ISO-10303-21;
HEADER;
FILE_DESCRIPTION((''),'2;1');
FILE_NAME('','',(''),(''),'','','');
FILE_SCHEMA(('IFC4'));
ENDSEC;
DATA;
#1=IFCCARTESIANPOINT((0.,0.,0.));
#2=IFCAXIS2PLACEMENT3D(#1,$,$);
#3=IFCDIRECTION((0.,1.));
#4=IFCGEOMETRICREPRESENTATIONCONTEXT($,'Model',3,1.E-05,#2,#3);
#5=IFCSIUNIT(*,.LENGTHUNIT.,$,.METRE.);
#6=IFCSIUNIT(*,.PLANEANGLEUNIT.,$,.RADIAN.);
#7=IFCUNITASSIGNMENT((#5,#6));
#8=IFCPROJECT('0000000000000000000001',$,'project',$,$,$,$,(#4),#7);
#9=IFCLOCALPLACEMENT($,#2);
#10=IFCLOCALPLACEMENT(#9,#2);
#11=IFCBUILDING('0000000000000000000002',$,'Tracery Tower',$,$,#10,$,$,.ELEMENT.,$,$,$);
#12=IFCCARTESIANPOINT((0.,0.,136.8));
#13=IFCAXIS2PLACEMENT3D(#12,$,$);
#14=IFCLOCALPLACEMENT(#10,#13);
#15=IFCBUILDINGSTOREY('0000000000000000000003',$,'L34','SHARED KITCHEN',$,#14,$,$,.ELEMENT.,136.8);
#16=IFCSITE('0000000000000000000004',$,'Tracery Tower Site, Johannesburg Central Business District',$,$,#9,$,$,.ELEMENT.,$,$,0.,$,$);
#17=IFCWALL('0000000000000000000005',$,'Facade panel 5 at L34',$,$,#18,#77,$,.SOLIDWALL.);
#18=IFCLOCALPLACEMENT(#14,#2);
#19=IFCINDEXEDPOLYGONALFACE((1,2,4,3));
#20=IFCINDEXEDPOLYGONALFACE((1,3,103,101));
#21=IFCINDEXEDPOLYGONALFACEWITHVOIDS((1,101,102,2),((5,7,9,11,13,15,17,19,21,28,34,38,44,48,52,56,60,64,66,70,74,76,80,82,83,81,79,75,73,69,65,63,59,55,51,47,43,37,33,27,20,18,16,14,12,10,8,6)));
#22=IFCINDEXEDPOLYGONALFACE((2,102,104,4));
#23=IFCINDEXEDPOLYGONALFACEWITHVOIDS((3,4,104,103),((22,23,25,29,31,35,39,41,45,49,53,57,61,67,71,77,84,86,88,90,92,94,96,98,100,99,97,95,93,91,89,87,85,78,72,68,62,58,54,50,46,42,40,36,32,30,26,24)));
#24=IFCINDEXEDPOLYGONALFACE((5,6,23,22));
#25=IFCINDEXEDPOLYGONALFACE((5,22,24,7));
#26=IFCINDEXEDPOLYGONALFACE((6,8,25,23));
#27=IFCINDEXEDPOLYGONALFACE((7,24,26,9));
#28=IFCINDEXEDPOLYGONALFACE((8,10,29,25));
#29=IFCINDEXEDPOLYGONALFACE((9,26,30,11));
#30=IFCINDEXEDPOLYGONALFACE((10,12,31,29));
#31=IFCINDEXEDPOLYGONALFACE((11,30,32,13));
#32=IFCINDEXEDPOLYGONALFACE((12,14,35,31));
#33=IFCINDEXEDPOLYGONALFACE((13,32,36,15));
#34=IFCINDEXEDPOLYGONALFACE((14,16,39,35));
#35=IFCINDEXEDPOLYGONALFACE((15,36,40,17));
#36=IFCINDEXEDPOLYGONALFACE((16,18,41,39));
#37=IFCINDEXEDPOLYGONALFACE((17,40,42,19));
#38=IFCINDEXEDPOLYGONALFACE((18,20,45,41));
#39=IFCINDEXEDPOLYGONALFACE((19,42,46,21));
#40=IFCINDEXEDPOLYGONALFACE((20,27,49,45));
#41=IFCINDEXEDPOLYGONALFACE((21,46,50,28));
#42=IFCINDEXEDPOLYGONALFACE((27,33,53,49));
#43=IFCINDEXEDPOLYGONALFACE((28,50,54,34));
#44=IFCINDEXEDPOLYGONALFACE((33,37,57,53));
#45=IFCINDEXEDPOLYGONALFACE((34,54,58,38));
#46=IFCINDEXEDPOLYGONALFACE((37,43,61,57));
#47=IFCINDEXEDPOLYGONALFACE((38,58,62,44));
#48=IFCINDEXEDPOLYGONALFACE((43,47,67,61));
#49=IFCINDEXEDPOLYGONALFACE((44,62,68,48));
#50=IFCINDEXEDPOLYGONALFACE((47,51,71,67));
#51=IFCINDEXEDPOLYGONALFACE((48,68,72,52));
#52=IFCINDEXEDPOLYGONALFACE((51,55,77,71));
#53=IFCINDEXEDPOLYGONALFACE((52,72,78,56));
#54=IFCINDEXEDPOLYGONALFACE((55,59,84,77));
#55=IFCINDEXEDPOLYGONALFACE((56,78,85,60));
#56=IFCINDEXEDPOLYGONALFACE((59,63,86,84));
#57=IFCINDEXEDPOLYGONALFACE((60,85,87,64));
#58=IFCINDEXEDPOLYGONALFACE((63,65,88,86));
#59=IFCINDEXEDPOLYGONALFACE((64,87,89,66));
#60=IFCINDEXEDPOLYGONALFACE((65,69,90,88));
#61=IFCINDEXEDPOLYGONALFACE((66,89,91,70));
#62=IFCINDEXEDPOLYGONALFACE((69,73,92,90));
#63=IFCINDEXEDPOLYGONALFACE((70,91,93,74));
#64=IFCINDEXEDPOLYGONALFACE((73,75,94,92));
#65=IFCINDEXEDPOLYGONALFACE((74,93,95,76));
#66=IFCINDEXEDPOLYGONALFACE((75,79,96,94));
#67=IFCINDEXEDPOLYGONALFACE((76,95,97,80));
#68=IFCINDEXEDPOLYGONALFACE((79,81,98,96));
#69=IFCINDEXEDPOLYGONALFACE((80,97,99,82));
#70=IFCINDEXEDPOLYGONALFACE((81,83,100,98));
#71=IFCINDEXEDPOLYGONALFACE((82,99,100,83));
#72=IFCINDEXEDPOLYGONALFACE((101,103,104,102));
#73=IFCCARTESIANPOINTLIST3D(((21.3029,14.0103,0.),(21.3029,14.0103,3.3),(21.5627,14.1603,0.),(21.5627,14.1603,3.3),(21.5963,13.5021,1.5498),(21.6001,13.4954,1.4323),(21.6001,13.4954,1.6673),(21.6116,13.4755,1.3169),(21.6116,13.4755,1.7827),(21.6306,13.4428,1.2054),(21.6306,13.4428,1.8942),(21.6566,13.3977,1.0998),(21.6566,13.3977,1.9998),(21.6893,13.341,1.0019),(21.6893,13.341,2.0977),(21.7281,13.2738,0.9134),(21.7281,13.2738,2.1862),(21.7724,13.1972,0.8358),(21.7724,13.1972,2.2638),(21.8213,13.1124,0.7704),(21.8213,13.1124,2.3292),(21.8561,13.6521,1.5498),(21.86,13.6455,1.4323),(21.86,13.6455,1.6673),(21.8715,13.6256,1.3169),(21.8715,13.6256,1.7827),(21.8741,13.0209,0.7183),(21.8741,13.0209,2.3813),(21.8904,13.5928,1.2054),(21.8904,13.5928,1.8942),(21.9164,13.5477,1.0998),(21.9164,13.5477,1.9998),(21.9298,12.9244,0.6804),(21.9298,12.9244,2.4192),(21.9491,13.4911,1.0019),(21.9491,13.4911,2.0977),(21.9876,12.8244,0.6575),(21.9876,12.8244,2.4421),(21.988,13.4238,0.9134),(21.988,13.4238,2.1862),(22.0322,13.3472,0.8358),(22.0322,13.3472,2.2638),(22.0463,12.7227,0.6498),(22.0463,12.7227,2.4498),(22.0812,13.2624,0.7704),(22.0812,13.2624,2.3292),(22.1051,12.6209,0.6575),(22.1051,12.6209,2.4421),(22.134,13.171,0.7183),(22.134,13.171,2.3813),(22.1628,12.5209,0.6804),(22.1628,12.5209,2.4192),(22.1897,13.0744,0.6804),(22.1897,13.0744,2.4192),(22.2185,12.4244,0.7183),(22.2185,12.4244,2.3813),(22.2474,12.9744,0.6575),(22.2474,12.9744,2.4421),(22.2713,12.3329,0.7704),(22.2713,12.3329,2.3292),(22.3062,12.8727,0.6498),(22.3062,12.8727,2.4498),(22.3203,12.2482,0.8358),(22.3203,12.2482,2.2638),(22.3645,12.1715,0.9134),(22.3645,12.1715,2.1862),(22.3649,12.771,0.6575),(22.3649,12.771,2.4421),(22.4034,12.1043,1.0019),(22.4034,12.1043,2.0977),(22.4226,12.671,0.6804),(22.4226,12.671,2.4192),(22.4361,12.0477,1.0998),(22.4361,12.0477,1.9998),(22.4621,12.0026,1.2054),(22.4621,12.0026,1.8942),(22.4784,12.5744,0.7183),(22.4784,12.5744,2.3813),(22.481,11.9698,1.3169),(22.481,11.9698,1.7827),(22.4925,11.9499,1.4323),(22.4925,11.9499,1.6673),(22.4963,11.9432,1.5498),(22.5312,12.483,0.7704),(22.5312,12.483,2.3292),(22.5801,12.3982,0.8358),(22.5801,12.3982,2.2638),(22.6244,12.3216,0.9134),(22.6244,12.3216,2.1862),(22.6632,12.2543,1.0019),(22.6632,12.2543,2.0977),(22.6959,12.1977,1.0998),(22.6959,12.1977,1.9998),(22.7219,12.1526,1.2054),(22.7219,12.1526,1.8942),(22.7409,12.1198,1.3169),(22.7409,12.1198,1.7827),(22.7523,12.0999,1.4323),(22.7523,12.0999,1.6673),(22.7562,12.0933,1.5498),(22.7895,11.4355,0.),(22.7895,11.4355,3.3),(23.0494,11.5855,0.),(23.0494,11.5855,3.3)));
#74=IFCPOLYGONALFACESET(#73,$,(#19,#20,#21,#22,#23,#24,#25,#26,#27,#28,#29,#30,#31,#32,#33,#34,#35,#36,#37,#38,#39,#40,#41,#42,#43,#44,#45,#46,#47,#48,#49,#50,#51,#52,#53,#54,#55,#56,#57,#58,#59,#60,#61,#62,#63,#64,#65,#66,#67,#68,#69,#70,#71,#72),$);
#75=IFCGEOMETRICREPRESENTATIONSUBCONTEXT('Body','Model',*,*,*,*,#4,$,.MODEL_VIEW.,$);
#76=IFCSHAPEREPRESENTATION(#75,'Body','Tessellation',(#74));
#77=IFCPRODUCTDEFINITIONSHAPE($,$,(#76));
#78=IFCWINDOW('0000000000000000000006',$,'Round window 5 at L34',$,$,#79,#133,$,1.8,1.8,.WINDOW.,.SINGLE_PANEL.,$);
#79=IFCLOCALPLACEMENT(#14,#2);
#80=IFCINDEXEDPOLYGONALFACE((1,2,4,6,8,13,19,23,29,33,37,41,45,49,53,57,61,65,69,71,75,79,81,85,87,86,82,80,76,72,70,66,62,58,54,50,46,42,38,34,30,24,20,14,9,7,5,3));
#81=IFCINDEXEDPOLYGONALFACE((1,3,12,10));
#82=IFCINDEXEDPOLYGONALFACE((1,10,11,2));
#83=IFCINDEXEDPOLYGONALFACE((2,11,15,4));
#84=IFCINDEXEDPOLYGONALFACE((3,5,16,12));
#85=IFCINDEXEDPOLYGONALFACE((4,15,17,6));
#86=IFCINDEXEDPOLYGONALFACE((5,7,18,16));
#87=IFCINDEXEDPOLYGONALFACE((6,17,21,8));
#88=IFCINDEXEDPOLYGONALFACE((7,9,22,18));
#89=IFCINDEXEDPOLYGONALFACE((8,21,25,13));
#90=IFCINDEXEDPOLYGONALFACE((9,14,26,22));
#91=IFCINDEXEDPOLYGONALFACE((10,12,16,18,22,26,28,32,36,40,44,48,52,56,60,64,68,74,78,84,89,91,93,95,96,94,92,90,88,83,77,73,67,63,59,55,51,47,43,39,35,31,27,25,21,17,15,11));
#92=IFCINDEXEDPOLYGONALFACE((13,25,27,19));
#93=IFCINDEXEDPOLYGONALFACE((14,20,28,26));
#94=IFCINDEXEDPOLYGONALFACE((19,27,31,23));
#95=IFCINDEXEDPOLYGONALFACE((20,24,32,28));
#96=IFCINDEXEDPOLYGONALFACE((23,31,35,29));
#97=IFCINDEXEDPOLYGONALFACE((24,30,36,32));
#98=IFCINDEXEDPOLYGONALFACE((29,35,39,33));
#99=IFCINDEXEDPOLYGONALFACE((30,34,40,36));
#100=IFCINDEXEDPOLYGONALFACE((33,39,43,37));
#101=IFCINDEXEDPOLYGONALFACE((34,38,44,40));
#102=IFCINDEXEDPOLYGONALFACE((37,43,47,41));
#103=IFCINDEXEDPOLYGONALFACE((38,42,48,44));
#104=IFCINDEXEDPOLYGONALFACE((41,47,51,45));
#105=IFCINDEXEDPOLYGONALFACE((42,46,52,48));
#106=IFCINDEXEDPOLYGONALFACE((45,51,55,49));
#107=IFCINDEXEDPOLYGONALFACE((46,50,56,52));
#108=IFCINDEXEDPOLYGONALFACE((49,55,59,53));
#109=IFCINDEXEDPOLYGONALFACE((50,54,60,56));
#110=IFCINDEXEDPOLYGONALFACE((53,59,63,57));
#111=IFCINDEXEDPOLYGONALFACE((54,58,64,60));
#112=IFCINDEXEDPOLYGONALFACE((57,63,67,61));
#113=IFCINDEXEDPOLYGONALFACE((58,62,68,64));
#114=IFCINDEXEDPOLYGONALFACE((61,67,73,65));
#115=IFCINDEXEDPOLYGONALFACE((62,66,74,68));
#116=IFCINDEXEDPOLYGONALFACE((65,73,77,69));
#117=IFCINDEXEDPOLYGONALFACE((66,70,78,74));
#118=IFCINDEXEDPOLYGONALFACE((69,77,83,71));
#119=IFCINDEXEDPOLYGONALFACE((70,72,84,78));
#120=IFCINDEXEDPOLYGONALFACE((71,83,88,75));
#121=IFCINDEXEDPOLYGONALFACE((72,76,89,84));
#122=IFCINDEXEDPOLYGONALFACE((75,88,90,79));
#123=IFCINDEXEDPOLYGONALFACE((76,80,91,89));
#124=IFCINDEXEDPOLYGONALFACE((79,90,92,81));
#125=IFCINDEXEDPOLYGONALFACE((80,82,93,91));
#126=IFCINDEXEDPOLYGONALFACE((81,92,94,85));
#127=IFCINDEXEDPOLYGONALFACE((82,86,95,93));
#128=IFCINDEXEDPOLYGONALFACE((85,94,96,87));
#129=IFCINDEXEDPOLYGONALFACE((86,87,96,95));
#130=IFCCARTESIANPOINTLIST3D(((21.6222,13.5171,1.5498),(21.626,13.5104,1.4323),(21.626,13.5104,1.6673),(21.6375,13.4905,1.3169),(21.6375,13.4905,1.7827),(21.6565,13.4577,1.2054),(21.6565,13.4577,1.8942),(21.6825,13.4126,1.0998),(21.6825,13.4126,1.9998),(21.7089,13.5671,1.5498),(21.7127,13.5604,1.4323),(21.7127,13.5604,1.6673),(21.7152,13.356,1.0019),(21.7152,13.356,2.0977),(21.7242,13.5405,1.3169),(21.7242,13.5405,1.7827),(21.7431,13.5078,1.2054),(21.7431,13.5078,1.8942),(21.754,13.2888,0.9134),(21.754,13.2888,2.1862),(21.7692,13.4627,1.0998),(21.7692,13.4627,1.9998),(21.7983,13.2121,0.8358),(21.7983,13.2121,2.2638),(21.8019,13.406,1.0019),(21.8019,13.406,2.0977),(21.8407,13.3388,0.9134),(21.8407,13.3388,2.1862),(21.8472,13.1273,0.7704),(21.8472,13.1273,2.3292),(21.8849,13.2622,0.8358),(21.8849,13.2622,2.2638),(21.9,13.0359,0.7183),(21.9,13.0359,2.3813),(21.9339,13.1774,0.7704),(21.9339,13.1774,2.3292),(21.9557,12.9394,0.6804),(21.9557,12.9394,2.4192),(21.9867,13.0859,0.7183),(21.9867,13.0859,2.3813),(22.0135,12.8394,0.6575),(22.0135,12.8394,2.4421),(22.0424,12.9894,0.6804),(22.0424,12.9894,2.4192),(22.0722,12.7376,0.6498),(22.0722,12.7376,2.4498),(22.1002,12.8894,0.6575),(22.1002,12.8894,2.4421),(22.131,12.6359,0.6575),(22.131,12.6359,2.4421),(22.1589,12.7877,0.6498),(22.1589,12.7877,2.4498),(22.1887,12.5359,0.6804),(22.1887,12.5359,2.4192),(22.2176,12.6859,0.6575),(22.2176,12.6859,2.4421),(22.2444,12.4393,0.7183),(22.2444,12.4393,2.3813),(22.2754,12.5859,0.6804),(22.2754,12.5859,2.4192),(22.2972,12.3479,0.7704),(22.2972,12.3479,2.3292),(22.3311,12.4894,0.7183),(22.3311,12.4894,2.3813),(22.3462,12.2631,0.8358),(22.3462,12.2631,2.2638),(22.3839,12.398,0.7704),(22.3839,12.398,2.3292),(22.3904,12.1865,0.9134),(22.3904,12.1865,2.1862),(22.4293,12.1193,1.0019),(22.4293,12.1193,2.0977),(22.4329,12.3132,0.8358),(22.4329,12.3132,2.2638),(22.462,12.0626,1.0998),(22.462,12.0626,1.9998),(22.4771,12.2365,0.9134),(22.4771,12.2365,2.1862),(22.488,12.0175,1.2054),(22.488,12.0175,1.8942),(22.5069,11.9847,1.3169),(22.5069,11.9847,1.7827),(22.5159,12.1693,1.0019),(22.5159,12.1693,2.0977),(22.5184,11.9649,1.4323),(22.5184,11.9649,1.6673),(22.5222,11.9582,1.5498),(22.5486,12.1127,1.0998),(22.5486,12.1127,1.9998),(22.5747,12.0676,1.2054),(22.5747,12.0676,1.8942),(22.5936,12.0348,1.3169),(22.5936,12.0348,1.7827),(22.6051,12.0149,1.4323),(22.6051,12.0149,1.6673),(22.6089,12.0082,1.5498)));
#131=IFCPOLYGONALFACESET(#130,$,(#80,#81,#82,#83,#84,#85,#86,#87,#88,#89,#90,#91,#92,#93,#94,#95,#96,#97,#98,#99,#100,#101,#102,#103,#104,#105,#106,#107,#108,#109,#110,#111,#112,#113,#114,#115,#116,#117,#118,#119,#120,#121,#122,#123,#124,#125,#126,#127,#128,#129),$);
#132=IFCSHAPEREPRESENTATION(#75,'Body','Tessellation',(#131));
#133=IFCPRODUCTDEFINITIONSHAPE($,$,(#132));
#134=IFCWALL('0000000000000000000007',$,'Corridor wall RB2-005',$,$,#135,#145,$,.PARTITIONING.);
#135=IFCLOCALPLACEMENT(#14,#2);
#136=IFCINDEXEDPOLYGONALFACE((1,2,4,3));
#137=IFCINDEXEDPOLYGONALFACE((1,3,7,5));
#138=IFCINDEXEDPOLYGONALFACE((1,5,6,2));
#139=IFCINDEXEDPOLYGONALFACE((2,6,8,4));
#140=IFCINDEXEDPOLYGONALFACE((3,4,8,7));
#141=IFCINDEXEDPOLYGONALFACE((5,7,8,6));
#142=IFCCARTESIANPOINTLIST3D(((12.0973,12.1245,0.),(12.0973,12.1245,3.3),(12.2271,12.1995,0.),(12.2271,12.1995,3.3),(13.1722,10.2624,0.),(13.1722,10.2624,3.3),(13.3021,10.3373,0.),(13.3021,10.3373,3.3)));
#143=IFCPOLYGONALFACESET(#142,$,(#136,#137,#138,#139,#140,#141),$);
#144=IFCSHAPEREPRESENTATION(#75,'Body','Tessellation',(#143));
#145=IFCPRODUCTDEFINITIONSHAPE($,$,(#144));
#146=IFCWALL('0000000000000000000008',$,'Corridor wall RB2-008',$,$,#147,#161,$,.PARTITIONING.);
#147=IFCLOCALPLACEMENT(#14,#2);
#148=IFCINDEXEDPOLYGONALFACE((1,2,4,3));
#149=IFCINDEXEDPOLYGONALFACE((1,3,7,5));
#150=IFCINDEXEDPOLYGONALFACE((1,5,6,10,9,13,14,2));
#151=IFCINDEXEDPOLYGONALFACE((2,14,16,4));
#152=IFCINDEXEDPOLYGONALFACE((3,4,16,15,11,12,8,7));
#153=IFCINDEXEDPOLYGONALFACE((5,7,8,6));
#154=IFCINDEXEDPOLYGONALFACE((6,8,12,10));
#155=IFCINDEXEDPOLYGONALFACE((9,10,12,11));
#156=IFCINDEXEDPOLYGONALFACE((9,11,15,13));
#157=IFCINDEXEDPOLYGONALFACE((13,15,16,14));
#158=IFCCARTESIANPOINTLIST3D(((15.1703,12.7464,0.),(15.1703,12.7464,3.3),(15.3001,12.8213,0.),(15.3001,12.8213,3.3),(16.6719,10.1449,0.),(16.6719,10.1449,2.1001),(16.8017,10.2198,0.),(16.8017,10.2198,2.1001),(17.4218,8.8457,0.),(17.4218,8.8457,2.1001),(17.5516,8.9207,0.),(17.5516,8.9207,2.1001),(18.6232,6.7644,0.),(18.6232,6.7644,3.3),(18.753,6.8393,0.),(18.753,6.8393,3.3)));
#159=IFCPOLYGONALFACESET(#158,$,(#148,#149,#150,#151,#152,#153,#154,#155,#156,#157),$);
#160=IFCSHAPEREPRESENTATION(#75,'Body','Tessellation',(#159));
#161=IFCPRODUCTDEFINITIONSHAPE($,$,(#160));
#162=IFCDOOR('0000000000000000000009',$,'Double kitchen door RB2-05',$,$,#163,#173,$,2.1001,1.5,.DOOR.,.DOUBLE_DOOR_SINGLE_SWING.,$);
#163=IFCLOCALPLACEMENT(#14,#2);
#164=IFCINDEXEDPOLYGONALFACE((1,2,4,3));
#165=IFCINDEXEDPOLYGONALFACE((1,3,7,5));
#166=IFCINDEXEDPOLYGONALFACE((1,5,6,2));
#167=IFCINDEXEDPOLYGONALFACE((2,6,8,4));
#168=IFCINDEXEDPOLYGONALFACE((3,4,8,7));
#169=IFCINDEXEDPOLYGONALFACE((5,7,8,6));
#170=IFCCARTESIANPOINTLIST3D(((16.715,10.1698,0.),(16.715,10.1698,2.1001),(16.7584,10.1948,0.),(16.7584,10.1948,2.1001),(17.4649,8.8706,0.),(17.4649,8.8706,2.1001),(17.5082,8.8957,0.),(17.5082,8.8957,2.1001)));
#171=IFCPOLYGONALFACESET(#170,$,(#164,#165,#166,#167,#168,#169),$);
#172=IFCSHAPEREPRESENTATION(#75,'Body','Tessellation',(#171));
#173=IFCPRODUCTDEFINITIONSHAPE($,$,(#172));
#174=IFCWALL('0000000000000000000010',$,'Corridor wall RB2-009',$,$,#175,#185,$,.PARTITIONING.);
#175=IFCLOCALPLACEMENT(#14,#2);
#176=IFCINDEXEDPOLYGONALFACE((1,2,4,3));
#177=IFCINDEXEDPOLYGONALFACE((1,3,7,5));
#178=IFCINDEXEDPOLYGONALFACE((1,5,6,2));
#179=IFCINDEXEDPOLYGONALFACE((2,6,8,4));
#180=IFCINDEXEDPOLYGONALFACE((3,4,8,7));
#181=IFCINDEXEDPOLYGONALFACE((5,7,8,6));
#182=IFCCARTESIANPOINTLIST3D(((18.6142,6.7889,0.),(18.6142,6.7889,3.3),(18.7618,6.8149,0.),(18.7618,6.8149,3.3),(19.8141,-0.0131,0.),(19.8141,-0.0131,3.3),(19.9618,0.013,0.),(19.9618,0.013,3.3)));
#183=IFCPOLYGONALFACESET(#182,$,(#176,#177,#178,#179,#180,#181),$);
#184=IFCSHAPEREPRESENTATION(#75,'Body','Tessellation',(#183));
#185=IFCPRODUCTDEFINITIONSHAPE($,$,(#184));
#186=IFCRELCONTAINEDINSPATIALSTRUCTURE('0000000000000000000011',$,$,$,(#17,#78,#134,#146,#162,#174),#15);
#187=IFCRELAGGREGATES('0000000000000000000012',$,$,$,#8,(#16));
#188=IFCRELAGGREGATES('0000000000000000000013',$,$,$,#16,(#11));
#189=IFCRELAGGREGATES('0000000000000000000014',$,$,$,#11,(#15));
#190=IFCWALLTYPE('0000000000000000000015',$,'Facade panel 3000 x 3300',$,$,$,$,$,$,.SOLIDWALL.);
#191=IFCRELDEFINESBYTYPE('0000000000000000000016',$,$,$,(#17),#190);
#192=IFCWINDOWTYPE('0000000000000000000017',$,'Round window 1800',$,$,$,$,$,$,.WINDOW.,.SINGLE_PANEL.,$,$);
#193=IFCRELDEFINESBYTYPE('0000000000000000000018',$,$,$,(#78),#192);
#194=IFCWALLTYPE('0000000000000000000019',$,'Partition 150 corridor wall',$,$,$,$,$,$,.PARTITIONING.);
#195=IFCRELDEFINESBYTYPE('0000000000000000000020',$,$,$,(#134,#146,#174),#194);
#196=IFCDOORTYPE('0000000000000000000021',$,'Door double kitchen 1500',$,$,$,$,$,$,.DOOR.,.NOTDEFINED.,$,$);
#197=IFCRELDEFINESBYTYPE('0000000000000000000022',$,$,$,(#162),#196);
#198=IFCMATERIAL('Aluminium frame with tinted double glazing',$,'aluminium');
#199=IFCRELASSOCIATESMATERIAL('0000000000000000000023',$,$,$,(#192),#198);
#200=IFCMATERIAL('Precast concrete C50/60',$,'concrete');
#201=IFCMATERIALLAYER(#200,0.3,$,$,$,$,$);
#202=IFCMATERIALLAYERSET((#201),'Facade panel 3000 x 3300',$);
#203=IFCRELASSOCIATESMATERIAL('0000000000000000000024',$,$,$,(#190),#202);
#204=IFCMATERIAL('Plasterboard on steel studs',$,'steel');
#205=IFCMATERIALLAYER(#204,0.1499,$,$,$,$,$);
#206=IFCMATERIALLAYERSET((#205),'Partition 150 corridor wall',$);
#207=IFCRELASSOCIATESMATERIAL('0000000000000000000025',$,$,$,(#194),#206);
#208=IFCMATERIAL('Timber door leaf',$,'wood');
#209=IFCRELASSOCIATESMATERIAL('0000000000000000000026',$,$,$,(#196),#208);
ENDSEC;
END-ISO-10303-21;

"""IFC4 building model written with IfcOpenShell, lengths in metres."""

from ifc_helpers import new_model, si_unit, direction, frame, frame_2d, origin, origin_2d, place, context, subcontext, project, spatial, rectangle, circle, extrude, material, layer, layer_set, type_object, element, fill, save


model = new_model("IFC4")

# Units and contexts
model_context = context("Model", 3, precision=1e-05, world=origin(), true_north=direction((0.0, 1.0)))
body_context = subcontext(model_context, "Body", "Model", "MODEL_VIEW")
ifc_project = project(units=[si_unit("LENGTHUNIT", "METRE"), si_unit("PLANEANGLEUNIT", "RADIAN")], contexts=[model_context])

# Site, building, storey
site_placement = place(None, origin())
site = spatial("IfcSite", under=ifc_project, at=site_placement, Name="Tracery Tower Site, Johannesburg Central Business District", CompositionType="ELEMENT", RefElevation=0.0)
building_placement = place(site_placement, origin())
building = spatial("IfcBuilding", under=site, at=building_placement, Name="Tracery Tower", CompositionType="ELEMENT")
storey_placement = place(building_placement, frame((0.0, 0.0, 136.8)))
storey = spatial("IfcBuildingStorey", under=building, at=storey_placement, Name="L34", Description="SHARED KITCHEN", CompositionType="ELEMENT", Elevation=136.8)

# Wall, opening, window
ifc_material_1 = material(Name="Aluminium frame with tinted double glazing", Category="aluminium")
window_type = type_object("IfcWindowType", Name="Round window 1800", PartitioningType="SINGLE_PANEL", PredefinedType="WINDOW", material=ifc_material_1)
ifc_material_2 = material(Name="Precast concrete C50/60", Category="concrete")
ifc_layer_1 = layer(ifc_material_2, 0.3)
ifc_layer_set_1 = layer_set([ifc_layer_1], Name="Facade panel 3000 x 3300")
wall_type_1 = type_object("IfcWallType", Name="Facade panel 3000 x 3300", PredefinedType="SOLIDWALL", material=ifc_layer_set_1)
wall_1_placement = place(storey_placement, frame((22.9194, 11.5105, 0.0), z_axis=(0.0, 0.0, 1.0), x_axis=(-0.500016, 0.866016, 0.0)))
wall_1 = element("IfcWall", 1, at=wall_1_placement, inside=storey, type_object=wall_type_1, Name="Facade panel 5 at L34", PredefinedType="SOLIDWALL", context=body_context, shape_type="SweptSolid", body=[
    extrude(rectangle(XDim=2.9731, YDim=0.3, at=frame_2d((1.4866, 0.0))), origin(), (0.0, 0.0, 1.0), 3.3),
])
opening_1_placement = place(wall_1_placement, frame((1.4863, 0.0, 1.5498)))
opening_1 = element("IfcOpeningElement", 2, at=opening_1_placement, cuts=wall_1, PredefinedType="OPENING", context=body_context, shape_type="SweptSolid", body=[
    extrude(circle(Radius=0.9, at=origin_2d()), frame((0.0, 0.1599, 0.0), z_axis=(0.0, -1.0, 0.0), x_axis=(1.0, 0.0, 0.0)), (0.0, 0.0, 1.0), 0.3201),
])
window_1_placement = place(opening_1_placement, origin())
window_1 = element("IfcWindow", 3, at=window_1_placement, inside=storey, type_object=window_type, Name="Round window 5 at L34", OverallHeight=1.8, OverallWidth=1.8, PartitioningType="SINGLE_PANEL", PredefinedType="WINDOW", context=body_context, shape_type="SweptSolid", body=[
    extrude(circle(Radius=0.9, at=origin_2d()), frame((0.0, 0.1201, 0.0), z_axis=(0.0, -1.0, 0.0), x_axis=(1.0, 0.0, 0.0)), (0.0, 0.0, 1.0), 0.1001),
])
fill(opening_1, window_1)

# Wall
ifc_material_3 = material(Name="Plasterboard on steel studs", Category="steel")
ifc_layer_2 = layer(ifc_material_3, 0.1499)
ifc_layer_set_2 = layer_set([ifc_layer_2], Name="Partition 150 corridor wall")
wall_type_2 = type_object("IfcWallType", Name="Partition 150 corridor wall", PredefinedType="PARTITIONING", material=ifc_layer_set_2)
wall_2_placement = place(storey_placement, frame((12.1621, 12.1621, 0.0), z_axis=(0.0, 0.0, 1.0), x_axis=(0.499962, -0.866048, 0.0)))
element("IfcWall", 4, at=wall_2_placement, inside=storey, type_object=wall_type_2, Name="Corridor wall RB2-005", PredefinedType="PARTITIONING", context=body_context, shape_type="SweptSolid", body=[
    extrude(rectangle(XDim=2.1501, YDim=0.1499, at=frame_2d((1.0752, 0.0))), origin(), (0.0, 0.0, 1.0), 3.3),
])

# Wall, opening, door
wall_3_placement = place(storey_placement, frame((15.2351, 12.7839, 0.0), z_axis=(0.0, 0.0, 1.0), x_axis=(0.499914, -0.866075, 0.0)))
wall_3 = element("IfcWall", 5, at=wall_3_placement, inside=storey, type_object=wall_type_2, Name="Corridor wall RB2-008", PredefinedType="PARTITIONING", context=body_context, shape_type="SweptSolid", body=[
    extrude(rectangle(XDim=6.907, YDim=0.1499, at=frame_2d((3.4536, 0.0))), origin(), (0.0, 0.0, 1.0), 3.3),
])
opening_2_placement = place(wall_3_placement, frame((3.0039, 0.0, 0.0)))
opening_2 = element("IfcOpeningElement", 6, at=opening_2_placement, cuts=wall_3, PredefinedType="OPENING", context=body_context, shape_type="SweptSolid", body=[
    extrude(rectangle(XDim=1.5, YDim=2.1001, at=frame_2d((0.75, 1.05))), frame((0.0, 0.075, 0.0), z_axis=(0.0, -1.0, 0.0), x_axis=(1.0, 0.0, 0.0)), (0.0, 0.0, 1.0), 0.1499),
])
ifc_material_4 = material(Name="Timber door leaf", Category="wood")
door_type_1 = type_object("IfcDoorType", Name="Door double kitchen 1500", OperationType="NOTDEFINED", PredefinedType="DOOR", material=ifc_material_4)
door_1_placement = place(opening_2_placement, origin())
door_1 = element("IfcDoor", 7, at=door_1_placement, inside=storey, type_object=door_type_1, Name="Double kitchen door RB2-05", OperationType="DOUBLE_DOOR_SINGLE_SWING", OverallHeight=2.1001, OverallWidth=1.5, PredefinedType="DOOR", context=body_context, shape_type="SweptSolid", body=[
    extrude(rectangle(XDim=1.5, YDim=2.1001, at=frame_2d((0.75, 1.05))), frame((0.0, 0.0249, 0.0), z_axis=(0.0, -1.0, 0.0), x_axis=(1.0, 0.0, 0.0)), (0.0, 0.0, 1.0), 0.05),
])
fill(opening_2, door_1)

# Wall
wall_4_placement = place(storey_placement, frame((18.688, 6.802, 0.0), z_axis=(0.0, 0.0, 1.0), x_axis=(0.173729, -0.984794, 0.0)))
element("IfcWall", 8, at=wall_4_placement, inside=storey, type_object=wall_type_2, Name="Corridor wall RB2-009", PredefinedType="PARTITIONING", context=body_context, shape_type="SweptSolid", body=[
    extrude(rectangle(XDim=6.907, YDim=0.1499, at=frame_2d((3.4536, 0.0))), origin(), (0.0, 0.0, 1.0), 3.3),
])

save(model, "model.ifc")
